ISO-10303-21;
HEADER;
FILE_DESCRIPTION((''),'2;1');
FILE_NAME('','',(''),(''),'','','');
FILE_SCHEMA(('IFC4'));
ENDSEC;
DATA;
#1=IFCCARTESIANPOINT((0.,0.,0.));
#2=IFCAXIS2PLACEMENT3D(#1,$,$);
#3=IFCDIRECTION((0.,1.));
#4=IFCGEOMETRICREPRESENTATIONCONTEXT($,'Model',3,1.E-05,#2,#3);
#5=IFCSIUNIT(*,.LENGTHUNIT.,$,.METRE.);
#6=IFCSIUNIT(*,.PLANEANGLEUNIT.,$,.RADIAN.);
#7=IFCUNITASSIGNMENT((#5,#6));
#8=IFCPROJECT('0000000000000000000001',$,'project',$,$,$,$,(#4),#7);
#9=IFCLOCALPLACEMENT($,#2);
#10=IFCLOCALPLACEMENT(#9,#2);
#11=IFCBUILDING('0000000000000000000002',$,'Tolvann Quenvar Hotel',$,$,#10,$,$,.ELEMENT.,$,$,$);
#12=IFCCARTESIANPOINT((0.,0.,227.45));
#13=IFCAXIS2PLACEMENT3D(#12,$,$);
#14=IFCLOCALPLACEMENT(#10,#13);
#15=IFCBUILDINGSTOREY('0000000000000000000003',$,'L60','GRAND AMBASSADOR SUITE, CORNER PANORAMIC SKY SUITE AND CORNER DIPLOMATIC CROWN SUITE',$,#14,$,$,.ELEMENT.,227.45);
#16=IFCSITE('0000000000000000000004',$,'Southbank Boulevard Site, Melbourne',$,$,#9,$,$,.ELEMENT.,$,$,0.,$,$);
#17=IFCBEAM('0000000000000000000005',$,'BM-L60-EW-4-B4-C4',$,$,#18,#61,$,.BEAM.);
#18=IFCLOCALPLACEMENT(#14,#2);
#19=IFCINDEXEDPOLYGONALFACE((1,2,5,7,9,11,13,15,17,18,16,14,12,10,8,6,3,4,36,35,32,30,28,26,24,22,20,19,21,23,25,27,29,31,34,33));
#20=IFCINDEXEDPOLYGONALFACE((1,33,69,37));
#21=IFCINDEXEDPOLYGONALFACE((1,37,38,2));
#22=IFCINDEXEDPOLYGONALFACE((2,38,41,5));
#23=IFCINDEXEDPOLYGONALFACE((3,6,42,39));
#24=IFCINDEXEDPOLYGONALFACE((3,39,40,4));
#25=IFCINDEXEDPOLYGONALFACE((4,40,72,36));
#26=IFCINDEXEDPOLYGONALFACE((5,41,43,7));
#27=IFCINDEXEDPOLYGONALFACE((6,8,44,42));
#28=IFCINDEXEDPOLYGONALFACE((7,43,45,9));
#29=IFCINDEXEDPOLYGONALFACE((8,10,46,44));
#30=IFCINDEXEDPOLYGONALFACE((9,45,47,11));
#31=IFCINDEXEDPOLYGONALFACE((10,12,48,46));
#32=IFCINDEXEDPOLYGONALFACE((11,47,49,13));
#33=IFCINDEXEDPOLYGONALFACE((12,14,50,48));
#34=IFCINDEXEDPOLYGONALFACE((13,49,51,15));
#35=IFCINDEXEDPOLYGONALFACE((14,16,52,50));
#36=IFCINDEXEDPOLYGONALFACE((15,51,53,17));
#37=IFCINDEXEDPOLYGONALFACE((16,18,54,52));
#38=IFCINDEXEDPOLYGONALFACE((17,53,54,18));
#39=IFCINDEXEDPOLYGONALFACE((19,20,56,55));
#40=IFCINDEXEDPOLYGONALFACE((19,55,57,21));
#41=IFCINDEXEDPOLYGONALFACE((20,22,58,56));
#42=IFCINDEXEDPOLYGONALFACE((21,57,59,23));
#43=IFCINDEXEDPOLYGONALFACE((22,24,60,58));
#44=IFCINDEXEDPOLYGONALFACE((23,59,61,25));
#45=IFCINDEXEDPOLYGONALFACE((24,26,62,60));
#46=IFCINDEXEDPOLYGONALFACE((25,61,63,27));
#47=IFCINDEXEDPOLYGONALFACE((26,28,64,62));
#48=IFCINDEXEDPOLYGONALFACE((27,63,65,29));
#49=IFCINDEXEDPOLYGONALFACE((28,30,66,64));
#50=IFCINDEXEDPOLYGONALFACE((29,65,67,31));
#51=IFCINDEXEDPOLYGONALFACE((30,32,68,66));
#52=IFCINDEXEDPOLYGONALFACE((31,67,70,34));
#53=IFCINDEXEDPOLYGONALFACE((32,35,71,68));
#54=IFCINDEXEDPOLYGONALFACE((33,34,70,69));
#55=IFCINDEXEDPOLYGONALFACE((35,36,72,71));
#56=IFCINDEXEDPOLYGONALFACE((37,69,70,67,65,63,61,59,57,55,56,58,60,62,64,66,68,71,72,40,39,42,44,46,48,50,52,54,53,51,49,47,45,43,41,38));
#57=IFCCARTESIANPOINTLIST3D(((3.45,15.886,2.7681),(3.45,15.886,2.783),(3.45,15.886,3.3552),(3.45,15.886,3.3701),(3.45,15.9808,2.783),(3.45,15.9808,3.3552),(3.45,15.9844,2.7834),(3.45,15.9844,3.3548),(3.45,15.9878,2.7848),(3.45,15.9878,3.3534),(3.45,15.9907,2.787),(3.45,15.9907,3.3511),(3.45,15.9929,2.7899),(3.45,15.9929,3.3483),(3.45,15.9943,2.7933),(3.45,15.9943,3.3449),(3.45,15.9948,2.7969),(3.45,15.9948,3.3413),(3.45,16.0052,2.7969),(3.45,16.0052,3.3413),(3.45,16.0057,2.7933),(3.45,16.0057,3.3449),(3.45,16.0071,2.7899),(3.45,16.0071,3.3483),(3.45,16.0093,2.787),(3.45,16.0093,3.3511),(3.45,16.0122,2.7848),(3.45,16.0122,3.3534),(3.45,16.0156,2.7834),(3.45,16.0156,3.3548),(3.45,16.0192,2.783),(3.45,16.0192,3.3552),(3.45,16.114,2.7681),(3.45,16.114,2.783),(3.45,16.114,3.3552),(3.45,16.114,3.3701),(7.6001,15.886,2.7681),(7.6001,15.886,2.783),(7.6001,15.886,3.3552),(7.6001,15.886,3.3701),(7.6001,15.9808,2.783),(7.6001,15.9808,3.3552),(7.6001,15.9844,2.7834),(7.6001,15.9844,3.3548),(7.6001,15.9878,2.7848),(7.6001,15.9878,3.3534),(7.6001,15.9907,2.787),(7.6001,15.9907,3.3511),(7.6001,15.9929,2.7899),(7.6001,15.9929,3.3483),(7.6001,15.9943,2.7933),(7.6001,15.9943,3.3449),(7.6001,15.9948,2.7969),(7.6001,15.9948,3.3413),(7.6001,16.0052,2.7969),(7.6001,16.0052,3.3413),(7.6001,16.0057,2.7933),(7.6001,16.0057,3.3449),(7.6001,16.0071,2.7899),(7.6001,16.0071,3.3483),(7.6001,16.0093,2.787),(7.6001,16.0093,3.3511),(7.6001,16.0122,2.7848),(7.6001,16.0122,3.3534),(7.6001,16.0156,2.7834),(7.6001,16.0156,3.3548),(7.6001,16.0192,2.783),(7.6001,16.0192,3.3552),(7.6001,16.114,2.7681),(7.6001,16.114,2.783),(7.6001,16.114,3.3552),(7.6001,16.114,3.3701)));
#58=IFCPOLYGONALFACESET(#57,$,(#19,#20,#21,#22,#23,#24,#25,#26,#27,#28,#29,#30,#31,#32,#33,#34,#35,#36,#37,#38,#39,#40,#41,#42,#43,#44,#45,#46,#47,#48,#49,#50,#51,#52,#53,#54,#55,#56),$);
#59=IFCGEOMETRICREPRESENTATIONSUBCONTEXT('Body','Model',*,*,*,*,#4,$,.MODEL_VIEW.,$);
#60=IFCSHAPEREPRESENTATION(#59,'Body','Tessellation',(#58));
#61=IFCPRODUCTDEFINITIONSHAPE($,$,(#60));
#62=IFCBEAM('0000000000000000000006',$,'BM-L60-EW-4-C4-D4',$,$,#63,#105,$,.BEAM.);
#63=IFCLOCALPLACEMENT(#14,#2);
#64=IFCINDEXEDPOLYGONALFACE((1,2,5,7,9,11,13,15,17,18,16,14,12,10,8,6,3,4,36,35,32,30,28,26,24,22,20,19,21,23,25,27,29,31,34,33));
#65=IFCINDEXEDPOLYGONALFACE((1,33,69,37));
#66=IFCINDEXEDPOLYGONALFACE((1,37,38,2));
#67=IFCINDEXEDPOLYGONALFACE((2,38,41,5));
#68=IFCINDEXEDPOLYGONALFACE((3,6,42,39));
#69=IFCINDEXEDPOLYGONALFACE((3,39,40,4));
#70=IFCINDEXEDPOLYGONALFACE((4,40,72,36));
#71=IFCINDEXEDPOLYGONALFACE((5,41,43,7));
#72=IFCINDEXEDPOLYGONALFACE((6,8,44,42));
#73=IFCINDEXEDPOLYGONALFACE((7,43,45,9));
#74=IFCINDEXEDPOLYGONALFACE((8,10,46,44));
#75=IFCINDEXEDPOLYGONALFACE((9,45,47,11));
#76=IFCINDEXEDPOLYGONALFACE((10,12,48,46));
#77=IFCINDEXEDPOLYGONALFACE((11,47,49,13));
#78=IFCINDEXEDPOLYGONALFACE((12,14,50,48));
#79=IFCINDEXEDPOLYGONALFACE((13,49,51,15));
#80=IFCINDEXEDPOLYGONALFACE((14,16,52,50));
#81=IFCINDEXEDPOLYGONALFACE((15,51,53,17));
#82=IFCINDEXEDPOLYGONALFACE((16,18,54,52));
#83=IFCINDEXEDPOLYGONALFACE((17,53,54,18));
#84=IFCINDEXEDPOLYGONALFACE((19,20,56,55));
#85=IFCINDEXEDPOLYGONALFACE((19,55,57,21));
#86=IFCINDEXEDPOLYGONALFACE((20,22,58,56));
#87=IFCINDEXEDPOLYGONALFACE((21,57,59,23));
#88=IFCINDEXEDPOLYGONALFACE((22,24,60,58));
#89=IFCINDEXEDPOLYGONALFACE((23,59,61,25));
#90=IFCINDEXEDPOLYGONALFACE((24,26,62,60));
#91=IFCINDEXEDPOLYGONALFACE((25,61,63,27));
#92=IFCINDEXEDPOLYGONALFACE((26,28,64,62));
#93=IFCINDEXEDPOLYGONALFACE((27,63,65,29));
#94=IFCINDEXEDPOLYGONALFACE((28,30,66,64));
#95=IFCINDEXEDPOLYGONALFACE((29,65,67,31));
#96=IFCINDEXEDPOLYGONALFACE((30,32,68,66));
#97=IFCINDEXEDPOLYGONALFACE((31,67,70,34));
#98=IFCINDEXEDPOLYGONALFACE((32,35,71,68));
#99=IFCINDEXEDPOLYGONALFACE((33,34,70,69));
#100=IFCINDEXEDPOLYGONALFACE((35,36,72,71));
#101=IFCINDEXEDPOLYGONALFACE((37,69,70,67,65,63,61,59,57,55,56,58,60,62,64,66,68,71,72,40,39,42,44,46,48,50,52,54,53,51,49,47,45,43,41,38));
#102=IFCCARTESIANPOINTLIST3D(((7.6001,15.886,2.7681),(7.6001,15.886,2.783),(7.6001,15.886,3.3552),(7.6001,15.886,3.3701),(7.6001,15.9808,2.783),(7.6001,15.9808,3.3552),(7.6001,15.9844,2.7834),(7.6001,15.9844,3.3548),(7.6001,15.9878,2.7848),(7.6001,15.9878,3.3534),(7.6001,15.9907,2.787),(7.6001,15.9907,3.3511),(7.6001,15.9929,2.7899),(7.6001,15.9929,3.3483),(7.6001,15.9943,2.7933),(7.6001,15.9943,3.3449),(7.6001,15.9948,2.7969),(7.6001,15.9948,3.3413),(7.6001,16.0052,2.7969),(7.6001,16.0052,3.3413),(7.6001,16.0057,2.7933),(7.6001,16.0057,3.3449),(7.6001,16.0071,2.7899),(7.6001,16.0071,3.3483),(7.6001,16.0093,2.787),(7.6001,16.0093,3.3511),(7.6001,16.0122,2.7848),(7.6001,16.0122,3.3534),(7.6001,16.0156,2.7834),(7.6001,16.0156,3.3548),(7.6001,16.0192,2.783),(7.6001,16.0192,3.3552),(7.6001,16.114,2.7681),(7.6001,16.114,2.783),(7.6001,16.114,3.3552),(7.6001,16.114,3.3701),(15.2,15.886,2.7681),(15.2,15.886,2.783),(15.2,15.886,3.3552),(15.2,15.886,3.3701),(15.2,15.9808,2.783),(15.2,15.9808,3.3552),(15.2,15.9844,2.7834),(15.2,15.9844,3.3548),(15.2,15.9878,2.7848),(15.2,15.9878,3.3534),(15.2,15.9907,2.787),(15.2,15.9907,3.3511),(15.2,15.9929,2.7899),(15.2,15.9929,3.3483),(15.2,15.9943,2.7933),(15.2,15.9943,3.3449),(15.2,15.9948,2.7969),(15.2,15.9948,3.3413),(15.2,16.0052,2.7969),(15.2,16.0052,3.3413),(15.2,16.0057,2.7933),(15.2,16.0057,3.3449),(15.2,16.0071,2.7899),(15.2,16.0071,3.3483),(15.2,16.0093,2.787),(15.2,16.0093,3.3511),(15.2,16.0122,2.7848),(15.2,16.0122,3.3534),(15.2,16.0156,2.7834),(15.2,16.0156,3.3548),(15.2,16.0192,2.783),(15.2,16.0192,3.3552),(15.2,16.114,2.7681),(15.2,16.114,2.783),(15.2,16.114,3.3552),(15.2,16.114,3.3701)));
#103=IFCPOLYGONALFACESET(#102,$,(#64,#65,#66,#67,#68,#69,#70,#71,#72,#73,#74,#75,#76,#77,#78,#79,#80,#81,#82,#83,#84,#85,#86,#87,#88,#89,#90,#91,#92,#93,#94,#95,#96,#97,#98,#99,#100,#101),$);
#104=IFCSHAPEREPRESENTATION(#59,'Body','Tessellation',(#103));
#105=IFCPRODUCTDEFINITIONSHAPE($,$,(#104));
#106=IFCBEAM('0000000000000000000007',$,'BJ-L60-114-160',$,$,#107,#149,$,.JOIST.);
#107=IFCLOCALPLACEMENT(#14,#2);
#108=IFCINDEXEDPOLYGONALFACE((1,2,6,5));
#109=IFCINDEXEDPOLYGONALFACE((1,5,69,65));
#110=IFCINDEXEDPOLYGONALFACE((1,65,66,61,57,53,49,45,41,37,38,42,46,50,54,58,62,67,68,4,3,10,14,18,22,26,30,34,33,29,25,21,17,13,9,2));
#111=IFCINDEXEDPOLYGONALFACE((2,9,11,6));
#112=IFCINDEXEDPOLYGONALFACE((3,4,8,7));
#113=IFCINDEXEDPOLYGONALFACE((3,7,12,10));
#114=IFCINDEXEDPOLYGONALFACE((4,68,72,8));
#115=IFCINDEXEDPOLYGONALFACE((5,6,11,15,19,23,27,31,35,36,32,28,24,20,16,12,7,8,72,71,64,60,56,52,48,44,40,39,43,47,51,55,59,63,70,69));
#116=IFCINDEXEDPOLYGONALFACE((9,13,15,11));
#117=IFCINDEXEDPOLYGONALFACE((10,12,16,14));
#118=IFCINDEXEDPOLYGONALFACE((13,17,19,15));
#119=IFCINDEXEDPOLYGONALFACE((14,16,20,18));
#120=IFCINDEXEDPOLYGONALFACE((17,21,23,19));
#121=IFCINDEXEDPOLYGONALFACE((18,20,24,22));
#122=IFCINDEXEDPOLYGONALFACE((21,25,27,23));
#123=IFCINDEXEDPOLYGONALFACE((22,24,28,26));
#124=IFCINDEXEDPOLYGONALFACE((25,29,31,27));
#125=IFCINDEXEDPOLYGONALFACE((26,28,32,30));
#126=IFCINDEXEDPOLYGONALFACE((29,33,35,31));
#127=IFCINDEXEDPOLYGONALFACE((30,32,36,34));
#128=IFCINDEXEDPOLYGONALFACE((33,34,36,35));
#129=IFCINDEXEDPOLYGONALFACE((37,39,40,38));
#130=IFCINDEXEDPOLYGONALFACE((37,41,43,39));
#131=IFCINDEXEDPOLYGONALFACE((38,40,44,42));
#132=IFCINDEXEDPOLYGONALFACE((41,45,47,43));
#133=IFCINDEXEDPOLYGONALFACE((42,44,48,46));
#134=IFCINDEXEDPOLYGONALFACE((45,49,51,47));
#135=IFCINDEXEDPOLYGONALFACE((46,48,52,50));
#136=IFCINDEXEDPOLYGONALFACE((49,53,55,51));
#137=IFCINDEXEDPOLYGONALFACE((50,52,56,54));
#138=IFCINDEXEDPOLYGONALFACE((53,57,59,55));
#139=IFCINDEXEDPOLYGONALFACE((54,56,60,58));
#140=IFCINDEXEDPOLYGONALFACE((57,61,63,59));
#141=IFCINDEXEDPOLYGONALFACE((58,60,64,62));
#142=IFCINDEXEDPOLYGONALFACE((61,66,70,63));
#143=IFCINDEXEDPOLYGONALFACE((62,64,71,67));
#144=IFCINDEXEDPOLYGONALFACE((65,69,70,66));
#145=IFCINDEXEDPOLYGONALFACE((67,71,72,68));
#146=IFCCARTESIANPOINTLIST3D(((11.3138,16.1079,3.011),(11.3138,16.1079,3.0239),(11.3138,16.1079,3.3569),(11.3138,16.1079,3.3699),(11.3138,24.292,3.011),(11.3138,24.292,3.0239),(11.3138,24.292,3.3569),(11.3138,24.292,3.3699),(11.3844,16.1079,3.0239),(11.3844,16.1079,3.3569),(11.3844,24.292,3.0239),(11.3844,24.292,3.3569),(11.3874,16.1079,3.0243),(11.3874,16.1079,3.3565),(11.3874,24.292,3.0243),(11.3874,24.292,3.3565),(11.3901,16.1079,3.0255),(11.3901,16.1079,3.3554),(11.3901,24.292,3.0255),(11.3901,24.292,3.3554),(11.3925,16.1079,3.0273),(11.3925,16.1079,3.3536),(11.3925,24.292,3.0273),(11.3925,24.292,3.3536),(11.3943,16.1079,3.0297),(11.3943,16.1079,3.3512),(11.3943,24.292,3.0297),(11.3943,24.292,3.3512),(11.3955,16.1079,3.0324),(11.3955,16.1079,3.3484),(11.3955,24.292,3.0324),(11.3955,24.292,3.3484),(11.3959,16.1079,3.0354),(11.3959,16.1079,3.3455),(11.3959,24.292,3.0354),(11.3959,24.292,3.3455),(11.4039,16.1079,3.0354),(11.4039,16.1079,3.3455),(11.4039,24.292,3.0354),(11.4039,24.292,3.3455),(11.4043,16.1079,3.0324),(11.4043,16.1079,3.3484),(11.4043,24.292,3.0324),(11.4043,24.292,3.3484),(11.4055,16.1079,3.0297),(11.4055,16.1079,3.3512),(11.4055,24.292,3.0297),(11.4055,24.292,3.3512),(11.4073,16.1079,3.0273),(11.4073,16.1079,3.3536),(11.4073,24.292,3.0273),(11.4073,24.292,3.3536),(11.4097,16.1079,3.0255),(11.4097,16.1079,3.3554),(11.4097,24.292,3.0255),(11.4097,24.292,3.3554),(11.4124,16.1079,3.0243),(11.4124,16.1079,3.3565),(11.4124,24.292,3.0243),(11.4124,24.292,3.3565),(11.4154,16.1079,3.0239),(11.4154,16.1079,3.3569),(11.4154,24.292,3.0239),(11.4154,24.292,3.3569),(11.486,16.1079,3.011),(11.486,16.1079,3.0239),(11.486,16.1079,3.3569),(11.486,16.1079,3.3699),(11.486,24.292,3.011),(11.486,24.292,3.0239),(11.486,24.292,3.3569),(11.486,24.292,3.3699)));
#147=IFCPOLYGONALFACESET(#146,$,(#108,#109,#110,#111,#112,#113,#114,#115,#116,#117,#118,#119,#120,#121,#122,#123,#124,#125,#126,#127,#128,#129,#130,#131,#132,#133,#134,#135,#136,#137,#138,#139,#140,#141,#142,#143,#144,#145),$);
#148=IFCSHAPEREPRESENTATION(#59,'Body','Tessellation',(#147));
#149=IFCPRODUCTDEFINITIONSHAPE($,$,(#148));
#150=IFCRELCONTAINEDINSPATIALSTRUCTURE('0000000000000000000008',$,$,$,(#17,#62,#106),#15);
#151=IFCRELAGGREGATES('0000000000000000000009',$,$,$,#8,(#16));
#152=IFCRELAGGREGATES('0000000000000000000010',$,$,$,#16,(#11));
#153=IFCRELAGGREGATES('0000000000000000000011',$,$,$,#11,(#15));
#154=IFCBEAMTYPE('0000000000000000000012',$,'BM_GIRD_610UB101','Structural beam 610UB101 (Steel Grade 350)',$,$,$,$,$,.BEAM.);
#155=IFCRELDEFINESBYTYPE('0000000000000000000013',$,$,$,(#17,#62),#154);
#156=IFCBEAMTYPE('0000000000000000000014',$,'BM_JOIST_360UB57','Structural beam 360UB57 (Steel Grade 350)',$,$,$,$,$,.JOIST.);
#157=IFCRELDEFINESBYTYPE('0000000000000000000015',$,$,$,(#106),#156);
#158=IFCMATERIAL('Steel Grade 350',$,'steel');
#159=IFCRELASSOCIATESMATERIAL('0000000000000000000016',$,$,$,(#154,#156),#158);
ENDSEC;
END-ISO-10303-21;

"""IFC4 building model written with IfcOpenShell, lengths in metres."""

from ifc_helpers import new_model, si_unit, direction, frame, origin, origin_2d, place, context, subcontext, project, spatial, i_section, extrude, source, transform, mapped, material, material_profile, profile_set, type_object, type_shapes, element, save


model = new_model("IFC4")

# Units and contexts
model_context = context("Model", 3, precision=1e-05, world=origin(), true_north=direction((0.0, 1.0)))
body_context = subcontext(model_context, "Body", "Model", "MODEL_VIEW")
ifc_project = project(units=[si_unit("LENGTHUNIT", "METRE"), si_unit("PLANEANGLEUNIT", "RADIAN")], contexts=[model_context])

# Site, building, storey
site_placement = place(None, origin())
site = spatial("IfcSite", under=ifc_project, at=site_placement, Name="Southbank Boulevard Site, Melbourne", CompositionType="ELEMENT", RefElevation=0.0)
building_placement = place(site_placement, origin())
building = spatial("IfcBuilding", under=site, at=building_placement, Name="Tolvann Quenvar Hotel", CompositionType="ELEMENT")
storey_placement = place(building_placement, frame((0.0, 0.0, 227.45)))
storey = spatial("IfcBuildingStorey", under=building, at=storey_placement, Name="L60", Description="GRAND AMBASSADOR SUITE, CORNER PANORAMIC SKY SUITE AND CORNER DIPLOMATIC CROWN SUITE", CompositionType="ELEMENT", Elevation=227.45)

# Shared definitions
ifc_material_1 = material(Name="Steel Grade 350", Category="steel")

# Beams
ifc_material_profile_1 = material_profile(ifc_material_1, i_section(OverallWidth=0.228, OverallDepth=0.6021, WebThickness=0.0105, FlangeThickness=0.0149, FilletRadius=0.0139, at=origin_2d()), Name="610UB101")
ifc_profile_set_1 = profile_set([ifc_material_profile_1], Name="Steel Grade 350")
beam_type_1 = type_object("IfcBeamType", Name="BM_GIRD_610UB101", Description="Structural beam 610UB101 (Steel Grade 350)", PredefinedType="BEAM", material=ifc_profile_set_1)
shared_shape_1 = source(origin(), body_context, "Body", "SweptSolid", [
    extrude(i_section(OverallWidth=0.228, OverallDepth=0.6021, WebThickness=0.0105, FlangeThickness=0.0149, FilletRadius=0.0139, at=origin_2d()), origin(), (0.0, 0.0, 1.0), 4.1501),
])
beam_1_placement = place(storey_placement, frame((3.45, 16.0, 3.0691), z_axis=(1.0, 0.0, 0.0), x_axis=(0.0, 1.0, 0.0)))
element("IfcBeam", 1, at=beam_1_placement, inside=storey, type_object=beam_type_1, Name="BM-L60-EW-4-B4-C4", PredefinedType="BEAM", context=body_context, shape_type="MappedRepresentation", body=[
    mapped(shared_shape_1, transform((0.0, 0.0, 0.0), x_axis=(1.0, 0.0, 0.0), y_axis=(0.0, 1.0, 0.0), z_axis=(0.0, 0.0, 1.0), scale=1.0)),
])
shared_shape_2 = source(origin(), body_context, "Body", "SweptSolid", [
    extrude(i_section(OverallWidth=0.228, OverallDepth=0.6021, WebThickness=0.0105, FlangeThickness=0.0149, FilletRadius=0.0139, at=origin_2d()), origin(), (0.0, 0.0, 1.0), 7.5999),
])
type_shapes(beam_type_1, [shared_shape_1, shared_shape_2])
beam_2_placement = place(storey_placement, frame((7.6001, 16.0, 3.0691), z_axis=(1.0, 0.0, 0.0), x_axis=(0.0, 1.0, 0.0)))
element("IfcBeam", 2, at=beam_2_placement, inside=storey, type_object=beam_type_1, Name="BM-L60-EW-4-C4-D4", PredefinedType="BEAM", context=body_context, shape_type="MappedRepresentation", body=[
    mapped(shared_shape_2, transform((0.0, 0.0, 0.0), x_axis=(1.0, 0.0, 0.0), y_axis=(0.0, 1.0, 0.0), z_axis=(0.0, 0.0, 1.0), scale=1.0)),
])
ifc_material_profile_2 = material_profile(ifc_material_1, i_section(OverallWidth=0.1721, OverallDepth=0.3589, WebThickness=0.0081, FlangeThickness=0.0129, FilletRadius=0.0115, at=origin_2d()), Name="360UB57")
ifc_profile_set_2 = profile_set([ifc_material_profile_2], Name="Steel Grade 350")
beam_type_2 = type_object("IfcBeamType", Name="BM_JOIST_360UB57", Description="Structural beam 360UB57 (Steel Grade 350)", PredefinedType="JOIST", material=ifc_profile_set_2)
shared_shape_3 = source(origin(), body_context, "Body", "SweptSolid", [
    extrude(i_section(OverallWidth=0.1721, OverallDepth=0.3589, WebThickness=0.0081, FlangeThickness=0.0129, FilletRadius=0.0115, at=origin_2d()), origin(), (0.0, 0.0, 1.0), 8.1841),
])
type_shapes(beam_type_2, [shared_shape_3])
beam_3_placement = place(storey_placement, frame((11.3999, 16.1079, 3.1904), z_axis=(0.0, 1.0, 0.0), x_axis=(-1.0, 0.0, 0.0)))
element("IfcBeam", 3, at=beam_3_placement, inside=storey, type_object=beam_type_2, Name="BJ-L60-114-160", PredefinedType="JOIST", context=body_context, shape_type="MappedRepresentation", body=[
    mapped(shared_shape_3, transform((0.0, 0.0, 0.0), x_axis=(1.0, 0.0, 0.0), y_axis=(0.0, 1.0, 0.0), z_axis=(0.0, 0.0, 1.0), scale=1.0)),
])

save(model, "model.ifc")
